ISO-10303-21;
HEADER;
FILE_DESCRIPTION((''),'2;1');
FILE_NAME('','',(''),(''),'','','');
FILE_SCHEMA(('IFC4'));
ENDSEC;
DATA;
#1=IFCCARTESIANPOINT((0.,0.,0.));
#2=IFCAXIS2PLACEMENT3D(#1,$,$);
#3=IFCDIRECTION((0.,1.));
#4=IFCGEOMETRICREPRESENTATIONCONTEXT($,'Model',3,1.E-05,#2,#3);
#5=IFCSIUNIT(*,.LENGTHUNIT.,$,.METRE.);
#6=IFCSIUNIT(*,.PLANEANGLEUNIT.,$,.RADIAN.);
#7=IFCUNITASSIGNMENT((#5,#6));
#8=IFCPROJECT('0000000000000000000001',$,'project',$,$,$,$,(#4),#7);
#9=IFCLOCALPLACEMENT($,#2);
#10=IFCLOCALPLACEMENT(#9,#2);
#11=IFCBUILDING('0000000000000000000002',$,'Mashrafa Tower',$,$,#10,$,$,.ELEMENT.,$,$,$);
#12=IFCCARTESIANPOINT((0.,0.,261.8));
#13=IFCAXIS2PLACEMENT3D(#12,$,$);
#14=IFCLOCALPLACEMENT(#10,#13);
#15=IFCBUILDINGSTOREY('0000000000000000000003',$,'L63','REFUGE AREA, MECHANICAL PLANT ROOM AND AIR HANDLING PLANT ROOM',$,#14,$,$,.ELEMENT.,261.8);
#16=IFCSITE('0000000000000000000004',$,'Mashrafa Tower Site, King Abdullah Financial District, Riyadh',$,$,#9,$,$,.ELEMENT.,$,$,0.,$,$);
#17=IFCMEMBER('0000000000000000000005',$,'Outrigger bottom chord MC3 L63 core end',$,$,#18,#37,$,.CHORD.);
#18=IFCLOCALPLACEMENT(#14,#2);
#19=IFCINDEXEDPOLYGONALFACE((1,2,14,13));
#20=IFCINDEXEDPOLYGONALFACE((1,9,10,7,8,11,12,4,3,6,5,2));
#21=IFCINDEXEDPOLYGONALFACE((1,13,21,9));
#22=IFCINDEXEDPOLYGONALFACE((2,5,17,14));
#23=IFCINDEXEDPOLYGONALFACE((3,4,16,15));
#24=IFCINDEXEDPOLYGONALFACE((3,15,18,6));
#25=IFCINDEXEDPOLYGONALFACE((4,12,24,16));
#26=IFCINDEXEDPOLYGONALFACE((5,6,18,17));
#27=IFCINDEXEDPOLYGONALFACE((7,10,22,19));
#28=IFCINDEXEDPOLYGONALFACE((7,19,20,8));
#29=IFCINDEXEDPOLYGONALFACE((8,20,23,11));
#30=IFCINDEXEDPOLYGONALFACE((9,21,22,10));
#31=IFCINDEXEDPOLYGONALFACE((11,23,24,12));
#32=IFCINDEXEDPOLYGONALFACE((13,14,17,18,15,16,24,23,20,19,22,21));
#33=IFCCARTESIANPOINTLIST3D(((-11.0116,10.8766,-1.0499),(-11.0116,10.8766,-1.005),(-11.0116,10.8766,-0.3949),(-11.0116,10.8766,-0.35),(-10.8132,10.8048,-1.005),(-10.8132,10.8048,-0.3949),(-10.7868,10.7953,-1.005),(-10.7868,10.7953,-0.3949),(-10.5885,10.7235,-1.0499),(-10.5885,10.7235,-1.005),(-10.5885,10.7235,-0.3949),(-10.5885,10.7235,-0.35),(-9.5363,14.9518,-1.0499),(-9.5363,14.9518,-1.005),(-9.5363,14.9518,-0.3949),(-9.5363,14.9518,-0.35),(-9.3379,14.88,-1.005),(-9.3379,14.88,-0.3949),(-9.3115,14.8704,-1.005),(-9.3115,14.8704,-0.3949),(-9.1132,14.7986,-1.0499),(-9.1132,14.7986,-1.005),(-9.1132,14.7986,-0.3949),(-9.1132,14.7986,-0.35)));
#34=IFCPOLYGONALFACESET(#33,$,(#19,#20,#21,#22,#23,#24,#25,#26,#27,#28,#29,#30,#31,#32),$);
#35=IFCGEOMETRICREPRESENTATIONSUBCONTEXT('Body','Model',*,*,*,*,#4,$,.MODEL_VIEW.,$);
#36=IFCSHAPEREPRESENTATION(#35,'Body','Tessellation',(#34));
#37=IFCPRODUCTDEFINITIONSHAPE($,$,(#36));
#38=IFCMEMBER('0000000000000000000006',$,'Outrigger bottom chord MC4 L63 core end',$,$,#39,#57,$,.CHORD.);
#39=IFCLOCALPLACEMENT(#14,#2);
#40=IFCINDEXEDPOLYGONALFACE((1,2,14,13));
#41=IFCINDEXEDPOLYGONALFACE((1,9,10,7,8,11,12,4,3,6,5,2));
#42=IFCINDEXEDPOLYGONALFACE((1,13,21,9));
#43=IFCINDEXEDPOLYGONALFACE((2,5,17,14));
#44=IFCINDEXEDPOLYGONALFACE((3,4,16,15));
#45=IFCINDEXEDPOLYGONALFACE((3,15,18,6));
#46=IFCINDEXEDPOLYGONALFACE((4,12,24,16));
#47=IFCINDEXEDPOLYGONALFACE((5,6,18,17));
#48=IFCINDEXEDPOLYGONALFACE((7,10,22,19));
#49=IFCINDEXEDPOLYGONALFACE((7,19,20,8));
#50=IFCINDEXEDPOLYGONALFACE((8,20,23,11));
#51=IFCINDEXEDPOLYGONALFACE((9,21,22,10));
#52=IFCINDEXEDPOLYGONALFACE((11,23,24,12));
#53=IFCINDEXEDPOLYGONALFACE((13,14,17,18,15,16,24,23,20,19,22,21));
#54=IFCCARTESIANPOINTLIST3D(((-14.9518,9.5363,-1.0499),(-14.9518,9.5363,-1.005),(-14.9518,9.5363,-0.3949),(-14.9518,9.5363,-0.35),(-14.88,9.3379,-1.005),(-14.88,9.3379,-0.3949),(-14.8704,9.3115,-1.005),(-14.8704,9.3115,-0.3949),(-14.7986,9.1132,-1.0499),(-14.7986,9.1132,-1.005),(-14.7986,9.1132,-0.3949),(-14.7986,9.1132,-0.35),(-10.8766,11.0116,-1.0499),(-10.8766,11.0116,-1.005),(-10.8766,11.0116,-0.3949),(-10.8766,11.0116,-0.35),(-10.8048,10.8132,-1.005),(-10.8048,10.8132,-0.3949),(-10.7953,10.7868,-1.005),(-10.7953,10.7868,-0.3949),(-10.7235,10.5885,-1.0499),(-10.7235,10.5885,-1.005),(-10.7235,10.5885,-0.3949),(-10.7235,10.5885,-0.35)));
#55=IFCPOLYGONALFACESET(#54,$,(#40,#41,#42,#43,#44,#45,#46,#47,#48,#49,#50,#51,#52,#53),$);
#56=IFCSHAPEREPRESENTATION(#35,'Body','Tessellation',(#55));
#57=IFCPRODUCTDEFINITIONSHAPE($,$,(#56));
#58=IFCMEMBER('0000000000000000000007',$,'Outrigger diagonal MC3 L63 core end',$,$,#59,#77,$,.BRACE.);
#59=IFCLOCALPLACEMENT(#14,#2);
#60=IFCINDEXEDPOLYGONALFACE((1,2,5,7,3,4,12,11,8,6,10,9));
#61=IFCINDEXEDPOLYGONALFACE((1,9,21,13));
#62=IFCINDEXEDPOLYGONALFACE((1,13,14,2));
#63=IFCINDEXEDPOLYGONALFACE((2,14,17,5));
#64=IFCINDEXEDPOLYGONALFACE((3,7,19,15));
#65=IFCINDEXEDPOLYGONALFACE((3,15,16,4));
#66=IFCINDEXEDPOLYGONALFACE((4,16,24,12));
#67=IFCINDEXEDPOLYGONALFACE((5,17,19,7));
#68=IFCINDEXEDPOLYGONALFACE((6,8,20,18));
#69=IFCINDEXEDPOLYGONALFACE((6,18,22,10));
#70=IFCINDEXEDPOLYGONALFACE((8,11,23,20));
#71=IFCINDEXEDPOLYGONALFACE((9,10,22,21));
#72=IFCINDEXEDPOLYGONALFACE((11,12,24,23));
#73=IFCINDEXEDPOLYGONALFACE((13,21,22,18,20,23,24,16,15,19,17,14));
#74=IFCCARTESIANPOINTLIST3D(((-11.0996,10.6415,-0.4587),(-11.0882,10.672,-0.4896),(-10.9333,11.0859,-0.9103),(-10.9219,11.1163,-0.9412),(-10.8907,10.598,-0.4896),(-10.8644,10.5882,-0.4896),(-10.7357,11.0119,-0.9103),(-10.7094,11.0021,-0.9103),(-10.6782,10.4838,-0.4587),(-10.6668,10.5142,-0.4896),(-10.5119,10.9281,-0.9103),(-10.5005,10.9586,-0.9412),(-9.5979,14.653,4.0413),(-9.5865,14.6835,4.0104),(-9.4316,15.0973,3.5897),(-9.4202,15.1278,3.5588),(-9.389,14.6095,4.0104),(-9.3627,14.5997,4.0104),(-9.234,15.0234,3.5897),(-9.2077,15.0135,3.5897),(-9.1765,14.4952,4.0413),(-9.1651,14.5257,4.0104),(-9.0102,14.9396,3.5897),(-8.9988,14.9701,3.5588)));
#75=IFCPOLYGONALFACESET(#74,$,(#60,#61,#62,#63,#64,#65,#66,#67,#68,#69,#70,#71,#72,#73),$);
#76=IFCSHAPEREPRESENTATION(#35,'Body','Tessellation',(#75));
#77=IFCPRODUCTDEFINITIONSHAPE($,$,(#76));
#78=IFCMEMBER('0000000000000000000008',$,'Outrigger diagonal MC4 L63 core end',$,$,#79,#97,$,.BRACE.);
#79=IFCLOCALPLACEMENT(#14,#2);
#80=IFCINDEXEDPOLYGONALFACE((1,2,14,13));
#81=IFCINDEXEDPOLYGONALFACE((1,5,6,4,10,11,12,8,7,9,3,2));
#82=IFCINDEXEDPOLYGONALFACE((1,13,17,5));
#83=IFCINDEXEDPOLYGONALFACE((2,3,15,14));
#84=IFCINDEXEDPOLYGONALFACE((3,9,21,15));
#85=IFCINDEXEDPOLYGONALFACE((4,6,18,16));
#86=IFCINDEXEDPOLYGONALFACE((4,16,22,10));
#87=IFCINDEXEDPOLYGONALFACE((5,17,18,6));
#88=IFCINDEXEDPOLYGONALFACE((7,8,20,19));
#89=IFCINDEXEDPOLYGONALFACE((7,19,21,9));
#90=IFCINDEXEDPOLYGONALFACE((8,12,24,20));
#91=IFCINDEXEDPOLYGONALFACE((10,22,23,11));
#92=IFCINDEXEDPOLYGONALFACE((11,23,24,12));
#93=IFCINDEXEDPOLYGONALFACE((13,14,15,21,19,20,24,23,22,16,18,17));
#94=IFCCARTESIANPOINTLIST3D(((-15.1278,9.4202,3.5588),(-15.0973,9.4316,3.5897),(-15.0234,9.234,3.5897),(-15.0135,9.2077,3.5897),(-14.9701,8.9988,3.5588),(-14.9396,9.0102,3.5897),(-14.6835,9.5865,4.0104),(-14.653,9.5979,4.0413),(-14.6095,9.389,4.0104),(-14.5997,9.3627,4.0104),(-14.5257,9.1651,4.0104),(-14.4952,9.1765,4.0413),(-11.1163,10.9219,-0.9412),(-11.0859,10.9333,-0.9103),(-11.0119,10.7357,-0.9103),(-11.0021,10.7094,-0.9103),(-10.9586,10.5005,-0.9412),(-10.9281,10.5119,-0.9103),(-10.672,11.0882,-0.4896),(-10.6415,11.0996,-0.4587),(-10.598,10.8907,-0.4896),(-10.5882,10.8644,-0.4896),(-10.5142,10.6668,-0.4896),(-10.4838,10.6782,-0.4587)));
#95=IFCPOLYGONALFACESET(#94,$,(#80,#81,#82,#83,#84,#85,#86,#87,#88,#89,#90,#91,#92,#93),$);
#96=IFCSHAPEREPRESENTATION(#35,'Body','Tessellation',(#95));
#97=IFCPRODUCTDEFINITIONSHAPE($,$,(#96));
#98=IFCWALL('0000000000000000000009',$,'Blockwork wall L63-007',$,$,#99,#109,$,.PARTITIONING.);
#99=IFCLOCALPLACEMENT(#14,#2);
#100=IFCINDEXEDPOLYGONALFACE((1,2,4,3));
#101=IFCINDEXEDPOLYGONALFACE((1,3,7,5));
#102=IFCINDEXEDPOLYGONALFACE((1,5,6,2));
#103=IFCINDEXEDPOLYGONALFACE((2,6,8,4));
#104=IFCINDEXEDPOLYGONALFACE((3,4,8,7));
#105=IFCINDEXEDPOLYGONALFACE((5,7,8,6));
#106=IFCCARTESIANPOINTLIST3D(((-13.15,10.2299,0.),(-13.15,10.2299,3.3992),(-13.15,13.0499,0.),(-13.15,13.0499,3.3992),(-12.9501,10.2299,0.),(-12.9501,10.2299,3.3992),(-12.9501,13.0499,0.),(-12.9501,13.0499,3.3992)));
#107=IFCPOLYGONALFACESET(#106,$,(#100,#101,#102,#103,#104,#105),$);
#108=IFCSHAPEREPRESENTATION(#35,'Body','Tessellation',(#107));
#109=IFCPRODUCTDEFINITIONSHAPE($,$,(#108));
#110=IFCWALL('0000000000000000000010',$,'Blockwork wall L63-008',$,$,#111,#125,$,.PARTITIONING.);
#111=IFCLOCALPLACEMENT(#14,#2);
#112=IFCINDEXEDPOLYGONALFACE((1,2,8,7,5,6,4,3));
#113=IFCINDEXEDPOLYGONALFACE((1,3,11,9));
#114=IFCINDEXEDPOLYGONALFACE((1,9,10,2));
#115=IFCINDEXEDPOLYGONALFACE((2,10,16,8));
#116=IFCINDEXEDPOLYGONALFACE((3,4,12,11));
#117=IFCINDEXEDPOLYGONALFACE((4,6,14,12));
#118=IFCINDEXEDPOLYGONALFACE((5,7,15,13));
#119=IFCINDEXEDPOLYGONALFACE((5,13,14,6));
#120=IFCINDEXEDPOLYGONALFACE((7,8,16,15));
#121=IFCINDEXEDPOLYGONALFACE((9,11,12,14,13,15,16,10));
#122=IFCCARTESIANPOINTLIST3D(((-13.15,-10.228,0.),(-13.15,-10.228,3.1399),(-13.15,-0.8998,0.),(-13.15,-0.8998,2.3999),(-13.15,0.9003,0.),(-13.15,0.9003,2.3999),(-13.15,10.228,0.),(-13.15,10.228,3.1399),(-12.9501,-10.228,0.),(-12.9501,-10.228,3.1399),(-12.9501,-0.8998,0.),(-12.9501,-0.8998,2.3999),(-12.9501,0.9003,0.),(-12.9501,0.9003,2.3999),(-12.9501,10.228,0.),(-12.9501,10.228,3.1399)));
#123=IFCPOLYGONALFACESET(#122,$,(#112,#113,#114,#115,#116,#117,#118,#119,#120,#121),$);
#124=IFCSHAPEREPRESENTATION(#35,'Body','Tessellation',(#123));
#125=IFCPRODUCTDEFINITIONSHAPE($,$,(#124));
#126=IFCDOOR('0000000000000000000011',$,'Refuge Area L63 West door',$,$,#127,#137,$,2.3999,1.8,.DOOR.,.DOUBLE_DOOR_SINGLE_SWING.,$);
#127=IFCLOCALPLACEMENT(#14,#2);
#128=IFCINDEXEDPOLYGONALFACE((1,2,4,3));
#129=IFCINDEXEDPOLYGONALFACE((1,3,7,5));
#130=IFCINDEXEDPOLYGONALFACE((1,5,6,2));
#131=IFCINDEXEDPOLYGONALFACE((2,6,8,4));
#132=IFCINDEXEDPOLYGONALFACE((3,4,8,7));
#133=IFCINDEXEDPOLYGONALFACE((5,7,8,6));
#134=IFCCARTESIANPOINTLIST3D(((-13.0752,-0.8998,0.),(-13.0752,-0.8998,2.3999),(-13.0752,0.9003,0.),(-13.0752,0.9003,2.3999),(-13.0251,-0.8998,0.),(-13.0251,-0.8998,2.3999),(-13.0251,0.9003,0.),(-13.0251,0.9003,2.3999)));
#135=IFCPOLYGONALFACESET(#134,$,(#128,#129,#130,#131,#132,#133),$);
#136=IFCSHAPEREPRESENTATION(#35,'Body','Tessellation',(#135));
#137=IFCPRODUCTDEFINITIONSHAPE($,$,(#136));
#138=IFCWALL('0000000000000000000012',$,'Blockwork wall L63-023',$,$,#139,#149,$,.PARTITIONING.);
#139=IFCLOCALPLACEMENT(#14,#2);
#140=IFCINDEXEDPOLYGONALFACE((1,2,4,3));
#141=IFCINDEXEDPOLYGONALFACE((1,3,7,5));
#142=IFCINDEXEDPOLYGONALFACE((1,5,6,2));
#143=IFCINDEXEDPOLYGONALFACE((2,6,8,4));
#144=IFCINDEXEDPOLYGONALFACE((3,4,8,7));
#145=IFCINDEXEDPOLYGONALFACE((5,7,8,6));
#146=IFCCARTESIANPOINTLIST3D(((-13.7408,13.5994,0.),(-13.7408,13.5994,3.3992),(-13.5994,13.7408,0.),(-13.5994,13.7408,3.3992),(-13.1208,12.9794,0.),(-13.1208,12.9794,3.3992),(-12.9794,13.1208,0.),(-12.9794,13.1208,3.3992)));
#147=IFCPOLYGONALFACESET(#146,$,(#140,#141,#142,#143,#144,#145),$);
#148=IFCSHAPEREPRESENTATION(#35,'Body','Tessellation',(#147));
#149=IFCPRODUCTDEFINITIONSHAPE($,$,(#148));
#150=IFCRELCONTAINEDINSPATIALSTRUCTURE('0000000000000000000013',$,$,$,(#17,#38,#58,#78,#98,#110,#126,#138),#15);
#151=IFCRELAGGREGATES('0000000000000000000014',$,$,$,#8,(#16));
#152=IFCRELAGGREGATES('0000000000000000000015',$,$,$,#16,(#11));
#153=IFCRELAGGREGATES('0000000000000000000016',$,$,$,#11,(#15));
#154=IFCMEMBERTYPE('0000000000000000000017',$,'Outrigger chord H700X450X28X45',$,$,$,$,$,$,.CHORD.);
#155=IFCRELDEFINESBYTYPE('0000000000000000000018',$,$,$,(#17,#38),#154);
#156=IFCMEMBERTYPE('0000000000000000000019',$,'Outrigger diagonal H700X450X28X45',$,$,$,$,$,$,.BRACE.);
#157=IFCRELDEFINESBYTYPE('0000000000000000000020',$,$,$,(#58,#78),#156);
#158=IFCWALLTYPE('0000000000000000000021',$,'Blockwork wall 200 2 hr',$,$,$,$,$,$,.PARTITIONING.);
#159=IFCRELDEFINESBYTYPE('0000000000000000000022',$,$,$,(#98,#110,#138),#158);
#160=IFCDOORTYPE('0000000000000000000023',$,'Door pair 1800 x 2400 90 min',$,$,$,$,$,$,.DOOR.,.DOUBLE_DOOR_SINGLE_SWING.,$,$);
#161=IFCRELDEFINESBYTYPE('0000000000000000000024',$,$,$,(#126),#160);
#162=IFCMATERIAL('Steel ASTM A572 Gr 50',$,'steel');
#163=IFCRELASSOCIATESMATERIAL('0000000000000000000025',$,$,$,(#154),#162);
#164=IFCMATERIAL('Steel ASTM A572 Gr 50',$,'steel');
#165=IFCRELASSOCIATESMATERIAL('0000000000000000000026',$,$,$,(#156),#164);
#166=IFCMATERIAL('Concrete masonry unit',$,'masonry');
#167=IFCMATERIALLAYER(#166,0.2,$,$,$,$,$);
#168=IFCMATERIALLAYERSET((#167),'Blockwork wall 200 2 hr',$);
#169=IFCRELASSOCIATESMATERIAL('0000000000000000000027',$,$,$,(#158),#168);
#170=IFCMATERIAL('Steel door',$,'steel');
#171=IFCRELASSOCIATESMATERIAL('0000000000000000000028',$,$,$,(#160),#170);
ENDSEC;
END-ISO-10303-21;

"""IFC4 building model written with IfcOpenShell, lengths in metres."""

from ifc_helpers import new_model, si_unit, direction, frame, frame_2d, origin, origin_2d, place, context, subcontext, project, spatial, rectangle, i_section, extrude, source, transform, mapped, material, layer, layer_set, material_profile, profile_set, type_object, type_shapes, element, fill, save


model = new_model("IFC4")

# Units and contexts
model_context = context("Model", 3, precision=1e-05, world=origin(), true_north=direction((0.0, 1.0)))
body_context = subcontext(model_context, "Body", "Model", "MODEL_VIEW")
ifc_project = project(units=[si_unit("LENGTHUNIT", "METRE"), si_unit("PLANEANGLEUNIT", "RADIAN")], contexts=[model_context])

# Site, building, storey
site_placement = place(None, origin())
site = spatial("IfcSite", under=ifc_project, at=site_placement, Name="Mashrafa Tower Site, King Abdullah Financial District, Riyadh", CompositionType="ELEMENT", RefElevation=0.0)
building_placement = place(site_placement, origin())
building = spatial("IfcBuilding", under=site, at=building_placement, Name="Mashrafa Tower", CompositionType="ELEMENT")
storey_placement = place(building_placement, frame((0.0, 0.0, 261.8)))
storey = spatial("IfcBuildingStorey", under=building, at=storey_placement, Name="L63", Description="REFUGE AREA, MECHANICAL PLANT ROOM AND AIR HANDLING PLANT ROOM", CompositionType="ELEMENT", Elevation=261.8)

# Members
ifc_material_1 = material(Name="Steel ASTM A572 Gr 50", Category="steel")
ifc_material_profile_1 = material_profile(ifc_material_1, i_section(OverallWidth=0.45, OverallDepth=0.7, WebThickness=0.0281, FlangeThickness=0.0449, at=origin_2d()), Name="H700X450X28X45")
ifc_profile_set_1 = profile_set([ifc_material_profile_1], Name="Steel ASTM A572 Gr 50")
member_type_1 = type_object("IfcMemberType", Name="Outrigger chord H700X450X28X45", PredefinedType="CHORD", material=ifc_profile_set_1)
shared_shape_1 = source(origin(), body_context, "Body", "SweptSolid", [
    extrude(i_section(OverallWidth=0.45, OverallDepth=0.7, WebThickness=0.0281, FlangeThickness=0.0449, at=origin_2d()), origin(), (0.0, 0.0, 1.0), 4.334),
])
type_shapes(member_type_1, [shared_shape_1])
for number, where, z_axis, x_axis, name in (
    (1, (-10.8, 10.8, -0.7), (0.340408, 0.940278, 0.0), (-0.940278, 0.340408, 0.0), "Outrigger bottom chord MC3 L63 core end"),
    (2, (-10.8, 10.8, -0.7), (-0.940278, -0.340408, 0.0), (0.340408, -0.940278, 0.0), "Outrigger bottom chord MC4 L63 core end"),
):
    element("IfcMember", number, at=place(storey_placement, frame(where, z_axis=z_axis, x_axis=x_axis)), inside=storey, type_object=member_type_1, Name=name, PredefinedType="CHORD", context=body_context, shape_type="MappedRepresentation", body=[
        mapped(shared_shape_1, transform((0.0, 0.0, 0.0))),
    ])
ifc_material_2 = material(Name="Steel ASTM A572 Gr 50", Category="steel")
ifc_material_profile_2 = material_profile(ifc_material_2, i_section(OverallWidth=0.45, OverallDepth=0.7, WebThickness=0.0281, FlangeThickness=0.0449, at=origin_2d()), Name="H700X450X28X45")
ifc_profile_set_2 = profile_set([ifc_material_profile_2], Name="Steel ASTM A572 Gr 50")
member_type_2 = type_object("IfcMemberType", Name="Outrigger diagonal H700X450X28X45", PredefinedType="BRACE", material=ifc_profile_set_2)
shared_shape_2 = source(origin(), body_context, "Body", "SweptSolid", [
    extrude(i_section(OverallWidth=0.45, OverallDepth=0.7, WebThickness=0.0281, FlangeThickness=0.0449, at=origin_2d()), origin(), (0.0, 0.0, 1.0), 6.2126),
])
type_shapes(member_type_2, [shared_shape_2])
for number, where, z_axis, x_axis, name in (
    (3, (-10.8, 10.8, -0.7), (0.241718, 0.645694, 0.724328), (-0.936528, 0.350592, 0.0), "Outrigger diagonal MC3 L63 core end"),
    (4, (-10.8, 10.8, -0.7), (-0.645694, -0.241718, 0.724328), (0.350592, -0.936528, 0.0), "Outrigger diagonal MC4 L63 core end"),
):
    element("IfcMember", number, at=place(storey_placement, frame(where, z_axis=z_axis, x_axis=x_axis)), inside=storey, type_object=member_type_2, Name=name, PredefinedType="BRACE", context=body_context, shape_type="MappedRepresentation", body=[
        mapped(shared_shape_2, transform((0.0, 0.0, 0.0))),
    ])

# Wall
ifc_material_3 = material(Name="Concrete masonry unit", Category="masonry")
ifc_layer_1 = layer(ifc_material_3, 0.2)
ifc_layer_set_1 = layer_set([ifc_layer_1], Name="Blockwork wall 200 2 hr")
wall_type_1 = type_object("IfcWallType", Name="Blockwork wall 200 2 hr", PredefinedType="PARTITIONING", material=ifc_layer_set_1)
wall_1_placement = place(storey_placement, frame((-13.05, 13.05, 0.0), z_axis=(0.0, 0.0, 1.0), x_axis=(0.0, -1.0, 0.0)))
element("IfcWall", 5, at=wall_1_placement, inside=storey, type_object=wall_type_1, Name="Blockwork wall L63-007", PredefinedType="PARTITIONING", context=body_context, shape_type="SweptSolid", body=[
    extrude(rectangle(XDim=2.8201, YDim=0.2, at=frame_2d((1.4102, 0.0))), origin(), (0.0, 0.0, 1.0), 3.3992),
])

# Wall, opening, door
wall_2_placement = place(storey_placement, frame((-13.05, 10.228, 0.0), z_axis=(0.0, 0.0, 1.0), x_axis=(0.0, -1.0, 0.0)))
wall_2 = element("IfcWall", 6, at=wall_2_placement, inside=storey, type_object=wall_type_1, Name="Blockwork wall L63-008", PredefinedType="PARTITIONING", context=body_context, shape_type="SweptSolid", body=[
    extrude(rectangle(XDim=20.4561, YDim=0.2, at=frame_2d((10.228, 0.0))), origin(), (0.0, 0.0, 1.0), 3.1399),
])
opening_1_placement = place(wall_2_placement, frame((9.3279, 0.0, 0.0)))
opening_1 = element("IfcOpeningElement", 7, at=opening_1_placement, cuts=wall_2, PredefinedType="OPENING", context=body_context, shape_type="SweptSolid", body=[
    extrude(rectangle(XDim=1.8, YDim=2.3999, at=frame_2d((0.8999, 1.2))), frame((0.0, 0.1099, 0.0), z_axis=(0.0, -1.0, 0.0), x_axis=(1.0, 0.0, 0.0)), (0.0, 0.0, 1.0), 0.22),
])
ifc_material_4 = material(Name="Steel door", Category="steel")
door_type_1 = type_object("IfcDoorType", Name="Door pair 1800 x 2400 90 min", OperationType="DOUBLE_DOOR_SINGLE_SWING", PredefinedType="DOOR", material=ifc_material_4)
door_1_placement = place(opening_1_placement, origin())
door_1 = element("IfcDoor", 8, at=door_1_placement, inside=storey, type_object=door_type_1, Name="Refuge Area L63 West door", OperationType="DOUBLE_DOOR_SINGLE_SWING", OverallHeight=2.3999, OverallWidth=1.8, PredefinedType="DOOR", context=body_context, shape_type="SweptSolid", body=[
    extrude(rectangle(XDim=1.8, YDim=2.3999, at=frame_2d((0.8999, 1.2))), frame((0.0, 0.0249, 0.0), z_axis=(0.0, -1.0, 0.0), x_axis=(1.0, 0.0, 0.0)), (0.0, 0.0, 1.0), 0.05),
])
fill(opening_1, door_1)

# Wall
wall_3_placement = place(storey_placement, frame((-13.05, 13.05, 0.0), z_axis=(0.0, 0.0, 1.0), x_axis=(-0.707107, 0.707107, 0.0)))
element("IfcWall", 9, at=wall_3_placement, inside=storey, type_object=wall_type_1, Name="Blockwork wall L63-023", PredefinedType="PARTITIONING", context=body_context, shape_type="SweptSolid", body=[
    extrude(rectangle(XDim=0.8767, YDim=0.2, at=frame_2d((0.4385, 0.0))), origin(), (0.0, 0.0, 1.0), 3.3992),
])

save(model, "model.ifc")
